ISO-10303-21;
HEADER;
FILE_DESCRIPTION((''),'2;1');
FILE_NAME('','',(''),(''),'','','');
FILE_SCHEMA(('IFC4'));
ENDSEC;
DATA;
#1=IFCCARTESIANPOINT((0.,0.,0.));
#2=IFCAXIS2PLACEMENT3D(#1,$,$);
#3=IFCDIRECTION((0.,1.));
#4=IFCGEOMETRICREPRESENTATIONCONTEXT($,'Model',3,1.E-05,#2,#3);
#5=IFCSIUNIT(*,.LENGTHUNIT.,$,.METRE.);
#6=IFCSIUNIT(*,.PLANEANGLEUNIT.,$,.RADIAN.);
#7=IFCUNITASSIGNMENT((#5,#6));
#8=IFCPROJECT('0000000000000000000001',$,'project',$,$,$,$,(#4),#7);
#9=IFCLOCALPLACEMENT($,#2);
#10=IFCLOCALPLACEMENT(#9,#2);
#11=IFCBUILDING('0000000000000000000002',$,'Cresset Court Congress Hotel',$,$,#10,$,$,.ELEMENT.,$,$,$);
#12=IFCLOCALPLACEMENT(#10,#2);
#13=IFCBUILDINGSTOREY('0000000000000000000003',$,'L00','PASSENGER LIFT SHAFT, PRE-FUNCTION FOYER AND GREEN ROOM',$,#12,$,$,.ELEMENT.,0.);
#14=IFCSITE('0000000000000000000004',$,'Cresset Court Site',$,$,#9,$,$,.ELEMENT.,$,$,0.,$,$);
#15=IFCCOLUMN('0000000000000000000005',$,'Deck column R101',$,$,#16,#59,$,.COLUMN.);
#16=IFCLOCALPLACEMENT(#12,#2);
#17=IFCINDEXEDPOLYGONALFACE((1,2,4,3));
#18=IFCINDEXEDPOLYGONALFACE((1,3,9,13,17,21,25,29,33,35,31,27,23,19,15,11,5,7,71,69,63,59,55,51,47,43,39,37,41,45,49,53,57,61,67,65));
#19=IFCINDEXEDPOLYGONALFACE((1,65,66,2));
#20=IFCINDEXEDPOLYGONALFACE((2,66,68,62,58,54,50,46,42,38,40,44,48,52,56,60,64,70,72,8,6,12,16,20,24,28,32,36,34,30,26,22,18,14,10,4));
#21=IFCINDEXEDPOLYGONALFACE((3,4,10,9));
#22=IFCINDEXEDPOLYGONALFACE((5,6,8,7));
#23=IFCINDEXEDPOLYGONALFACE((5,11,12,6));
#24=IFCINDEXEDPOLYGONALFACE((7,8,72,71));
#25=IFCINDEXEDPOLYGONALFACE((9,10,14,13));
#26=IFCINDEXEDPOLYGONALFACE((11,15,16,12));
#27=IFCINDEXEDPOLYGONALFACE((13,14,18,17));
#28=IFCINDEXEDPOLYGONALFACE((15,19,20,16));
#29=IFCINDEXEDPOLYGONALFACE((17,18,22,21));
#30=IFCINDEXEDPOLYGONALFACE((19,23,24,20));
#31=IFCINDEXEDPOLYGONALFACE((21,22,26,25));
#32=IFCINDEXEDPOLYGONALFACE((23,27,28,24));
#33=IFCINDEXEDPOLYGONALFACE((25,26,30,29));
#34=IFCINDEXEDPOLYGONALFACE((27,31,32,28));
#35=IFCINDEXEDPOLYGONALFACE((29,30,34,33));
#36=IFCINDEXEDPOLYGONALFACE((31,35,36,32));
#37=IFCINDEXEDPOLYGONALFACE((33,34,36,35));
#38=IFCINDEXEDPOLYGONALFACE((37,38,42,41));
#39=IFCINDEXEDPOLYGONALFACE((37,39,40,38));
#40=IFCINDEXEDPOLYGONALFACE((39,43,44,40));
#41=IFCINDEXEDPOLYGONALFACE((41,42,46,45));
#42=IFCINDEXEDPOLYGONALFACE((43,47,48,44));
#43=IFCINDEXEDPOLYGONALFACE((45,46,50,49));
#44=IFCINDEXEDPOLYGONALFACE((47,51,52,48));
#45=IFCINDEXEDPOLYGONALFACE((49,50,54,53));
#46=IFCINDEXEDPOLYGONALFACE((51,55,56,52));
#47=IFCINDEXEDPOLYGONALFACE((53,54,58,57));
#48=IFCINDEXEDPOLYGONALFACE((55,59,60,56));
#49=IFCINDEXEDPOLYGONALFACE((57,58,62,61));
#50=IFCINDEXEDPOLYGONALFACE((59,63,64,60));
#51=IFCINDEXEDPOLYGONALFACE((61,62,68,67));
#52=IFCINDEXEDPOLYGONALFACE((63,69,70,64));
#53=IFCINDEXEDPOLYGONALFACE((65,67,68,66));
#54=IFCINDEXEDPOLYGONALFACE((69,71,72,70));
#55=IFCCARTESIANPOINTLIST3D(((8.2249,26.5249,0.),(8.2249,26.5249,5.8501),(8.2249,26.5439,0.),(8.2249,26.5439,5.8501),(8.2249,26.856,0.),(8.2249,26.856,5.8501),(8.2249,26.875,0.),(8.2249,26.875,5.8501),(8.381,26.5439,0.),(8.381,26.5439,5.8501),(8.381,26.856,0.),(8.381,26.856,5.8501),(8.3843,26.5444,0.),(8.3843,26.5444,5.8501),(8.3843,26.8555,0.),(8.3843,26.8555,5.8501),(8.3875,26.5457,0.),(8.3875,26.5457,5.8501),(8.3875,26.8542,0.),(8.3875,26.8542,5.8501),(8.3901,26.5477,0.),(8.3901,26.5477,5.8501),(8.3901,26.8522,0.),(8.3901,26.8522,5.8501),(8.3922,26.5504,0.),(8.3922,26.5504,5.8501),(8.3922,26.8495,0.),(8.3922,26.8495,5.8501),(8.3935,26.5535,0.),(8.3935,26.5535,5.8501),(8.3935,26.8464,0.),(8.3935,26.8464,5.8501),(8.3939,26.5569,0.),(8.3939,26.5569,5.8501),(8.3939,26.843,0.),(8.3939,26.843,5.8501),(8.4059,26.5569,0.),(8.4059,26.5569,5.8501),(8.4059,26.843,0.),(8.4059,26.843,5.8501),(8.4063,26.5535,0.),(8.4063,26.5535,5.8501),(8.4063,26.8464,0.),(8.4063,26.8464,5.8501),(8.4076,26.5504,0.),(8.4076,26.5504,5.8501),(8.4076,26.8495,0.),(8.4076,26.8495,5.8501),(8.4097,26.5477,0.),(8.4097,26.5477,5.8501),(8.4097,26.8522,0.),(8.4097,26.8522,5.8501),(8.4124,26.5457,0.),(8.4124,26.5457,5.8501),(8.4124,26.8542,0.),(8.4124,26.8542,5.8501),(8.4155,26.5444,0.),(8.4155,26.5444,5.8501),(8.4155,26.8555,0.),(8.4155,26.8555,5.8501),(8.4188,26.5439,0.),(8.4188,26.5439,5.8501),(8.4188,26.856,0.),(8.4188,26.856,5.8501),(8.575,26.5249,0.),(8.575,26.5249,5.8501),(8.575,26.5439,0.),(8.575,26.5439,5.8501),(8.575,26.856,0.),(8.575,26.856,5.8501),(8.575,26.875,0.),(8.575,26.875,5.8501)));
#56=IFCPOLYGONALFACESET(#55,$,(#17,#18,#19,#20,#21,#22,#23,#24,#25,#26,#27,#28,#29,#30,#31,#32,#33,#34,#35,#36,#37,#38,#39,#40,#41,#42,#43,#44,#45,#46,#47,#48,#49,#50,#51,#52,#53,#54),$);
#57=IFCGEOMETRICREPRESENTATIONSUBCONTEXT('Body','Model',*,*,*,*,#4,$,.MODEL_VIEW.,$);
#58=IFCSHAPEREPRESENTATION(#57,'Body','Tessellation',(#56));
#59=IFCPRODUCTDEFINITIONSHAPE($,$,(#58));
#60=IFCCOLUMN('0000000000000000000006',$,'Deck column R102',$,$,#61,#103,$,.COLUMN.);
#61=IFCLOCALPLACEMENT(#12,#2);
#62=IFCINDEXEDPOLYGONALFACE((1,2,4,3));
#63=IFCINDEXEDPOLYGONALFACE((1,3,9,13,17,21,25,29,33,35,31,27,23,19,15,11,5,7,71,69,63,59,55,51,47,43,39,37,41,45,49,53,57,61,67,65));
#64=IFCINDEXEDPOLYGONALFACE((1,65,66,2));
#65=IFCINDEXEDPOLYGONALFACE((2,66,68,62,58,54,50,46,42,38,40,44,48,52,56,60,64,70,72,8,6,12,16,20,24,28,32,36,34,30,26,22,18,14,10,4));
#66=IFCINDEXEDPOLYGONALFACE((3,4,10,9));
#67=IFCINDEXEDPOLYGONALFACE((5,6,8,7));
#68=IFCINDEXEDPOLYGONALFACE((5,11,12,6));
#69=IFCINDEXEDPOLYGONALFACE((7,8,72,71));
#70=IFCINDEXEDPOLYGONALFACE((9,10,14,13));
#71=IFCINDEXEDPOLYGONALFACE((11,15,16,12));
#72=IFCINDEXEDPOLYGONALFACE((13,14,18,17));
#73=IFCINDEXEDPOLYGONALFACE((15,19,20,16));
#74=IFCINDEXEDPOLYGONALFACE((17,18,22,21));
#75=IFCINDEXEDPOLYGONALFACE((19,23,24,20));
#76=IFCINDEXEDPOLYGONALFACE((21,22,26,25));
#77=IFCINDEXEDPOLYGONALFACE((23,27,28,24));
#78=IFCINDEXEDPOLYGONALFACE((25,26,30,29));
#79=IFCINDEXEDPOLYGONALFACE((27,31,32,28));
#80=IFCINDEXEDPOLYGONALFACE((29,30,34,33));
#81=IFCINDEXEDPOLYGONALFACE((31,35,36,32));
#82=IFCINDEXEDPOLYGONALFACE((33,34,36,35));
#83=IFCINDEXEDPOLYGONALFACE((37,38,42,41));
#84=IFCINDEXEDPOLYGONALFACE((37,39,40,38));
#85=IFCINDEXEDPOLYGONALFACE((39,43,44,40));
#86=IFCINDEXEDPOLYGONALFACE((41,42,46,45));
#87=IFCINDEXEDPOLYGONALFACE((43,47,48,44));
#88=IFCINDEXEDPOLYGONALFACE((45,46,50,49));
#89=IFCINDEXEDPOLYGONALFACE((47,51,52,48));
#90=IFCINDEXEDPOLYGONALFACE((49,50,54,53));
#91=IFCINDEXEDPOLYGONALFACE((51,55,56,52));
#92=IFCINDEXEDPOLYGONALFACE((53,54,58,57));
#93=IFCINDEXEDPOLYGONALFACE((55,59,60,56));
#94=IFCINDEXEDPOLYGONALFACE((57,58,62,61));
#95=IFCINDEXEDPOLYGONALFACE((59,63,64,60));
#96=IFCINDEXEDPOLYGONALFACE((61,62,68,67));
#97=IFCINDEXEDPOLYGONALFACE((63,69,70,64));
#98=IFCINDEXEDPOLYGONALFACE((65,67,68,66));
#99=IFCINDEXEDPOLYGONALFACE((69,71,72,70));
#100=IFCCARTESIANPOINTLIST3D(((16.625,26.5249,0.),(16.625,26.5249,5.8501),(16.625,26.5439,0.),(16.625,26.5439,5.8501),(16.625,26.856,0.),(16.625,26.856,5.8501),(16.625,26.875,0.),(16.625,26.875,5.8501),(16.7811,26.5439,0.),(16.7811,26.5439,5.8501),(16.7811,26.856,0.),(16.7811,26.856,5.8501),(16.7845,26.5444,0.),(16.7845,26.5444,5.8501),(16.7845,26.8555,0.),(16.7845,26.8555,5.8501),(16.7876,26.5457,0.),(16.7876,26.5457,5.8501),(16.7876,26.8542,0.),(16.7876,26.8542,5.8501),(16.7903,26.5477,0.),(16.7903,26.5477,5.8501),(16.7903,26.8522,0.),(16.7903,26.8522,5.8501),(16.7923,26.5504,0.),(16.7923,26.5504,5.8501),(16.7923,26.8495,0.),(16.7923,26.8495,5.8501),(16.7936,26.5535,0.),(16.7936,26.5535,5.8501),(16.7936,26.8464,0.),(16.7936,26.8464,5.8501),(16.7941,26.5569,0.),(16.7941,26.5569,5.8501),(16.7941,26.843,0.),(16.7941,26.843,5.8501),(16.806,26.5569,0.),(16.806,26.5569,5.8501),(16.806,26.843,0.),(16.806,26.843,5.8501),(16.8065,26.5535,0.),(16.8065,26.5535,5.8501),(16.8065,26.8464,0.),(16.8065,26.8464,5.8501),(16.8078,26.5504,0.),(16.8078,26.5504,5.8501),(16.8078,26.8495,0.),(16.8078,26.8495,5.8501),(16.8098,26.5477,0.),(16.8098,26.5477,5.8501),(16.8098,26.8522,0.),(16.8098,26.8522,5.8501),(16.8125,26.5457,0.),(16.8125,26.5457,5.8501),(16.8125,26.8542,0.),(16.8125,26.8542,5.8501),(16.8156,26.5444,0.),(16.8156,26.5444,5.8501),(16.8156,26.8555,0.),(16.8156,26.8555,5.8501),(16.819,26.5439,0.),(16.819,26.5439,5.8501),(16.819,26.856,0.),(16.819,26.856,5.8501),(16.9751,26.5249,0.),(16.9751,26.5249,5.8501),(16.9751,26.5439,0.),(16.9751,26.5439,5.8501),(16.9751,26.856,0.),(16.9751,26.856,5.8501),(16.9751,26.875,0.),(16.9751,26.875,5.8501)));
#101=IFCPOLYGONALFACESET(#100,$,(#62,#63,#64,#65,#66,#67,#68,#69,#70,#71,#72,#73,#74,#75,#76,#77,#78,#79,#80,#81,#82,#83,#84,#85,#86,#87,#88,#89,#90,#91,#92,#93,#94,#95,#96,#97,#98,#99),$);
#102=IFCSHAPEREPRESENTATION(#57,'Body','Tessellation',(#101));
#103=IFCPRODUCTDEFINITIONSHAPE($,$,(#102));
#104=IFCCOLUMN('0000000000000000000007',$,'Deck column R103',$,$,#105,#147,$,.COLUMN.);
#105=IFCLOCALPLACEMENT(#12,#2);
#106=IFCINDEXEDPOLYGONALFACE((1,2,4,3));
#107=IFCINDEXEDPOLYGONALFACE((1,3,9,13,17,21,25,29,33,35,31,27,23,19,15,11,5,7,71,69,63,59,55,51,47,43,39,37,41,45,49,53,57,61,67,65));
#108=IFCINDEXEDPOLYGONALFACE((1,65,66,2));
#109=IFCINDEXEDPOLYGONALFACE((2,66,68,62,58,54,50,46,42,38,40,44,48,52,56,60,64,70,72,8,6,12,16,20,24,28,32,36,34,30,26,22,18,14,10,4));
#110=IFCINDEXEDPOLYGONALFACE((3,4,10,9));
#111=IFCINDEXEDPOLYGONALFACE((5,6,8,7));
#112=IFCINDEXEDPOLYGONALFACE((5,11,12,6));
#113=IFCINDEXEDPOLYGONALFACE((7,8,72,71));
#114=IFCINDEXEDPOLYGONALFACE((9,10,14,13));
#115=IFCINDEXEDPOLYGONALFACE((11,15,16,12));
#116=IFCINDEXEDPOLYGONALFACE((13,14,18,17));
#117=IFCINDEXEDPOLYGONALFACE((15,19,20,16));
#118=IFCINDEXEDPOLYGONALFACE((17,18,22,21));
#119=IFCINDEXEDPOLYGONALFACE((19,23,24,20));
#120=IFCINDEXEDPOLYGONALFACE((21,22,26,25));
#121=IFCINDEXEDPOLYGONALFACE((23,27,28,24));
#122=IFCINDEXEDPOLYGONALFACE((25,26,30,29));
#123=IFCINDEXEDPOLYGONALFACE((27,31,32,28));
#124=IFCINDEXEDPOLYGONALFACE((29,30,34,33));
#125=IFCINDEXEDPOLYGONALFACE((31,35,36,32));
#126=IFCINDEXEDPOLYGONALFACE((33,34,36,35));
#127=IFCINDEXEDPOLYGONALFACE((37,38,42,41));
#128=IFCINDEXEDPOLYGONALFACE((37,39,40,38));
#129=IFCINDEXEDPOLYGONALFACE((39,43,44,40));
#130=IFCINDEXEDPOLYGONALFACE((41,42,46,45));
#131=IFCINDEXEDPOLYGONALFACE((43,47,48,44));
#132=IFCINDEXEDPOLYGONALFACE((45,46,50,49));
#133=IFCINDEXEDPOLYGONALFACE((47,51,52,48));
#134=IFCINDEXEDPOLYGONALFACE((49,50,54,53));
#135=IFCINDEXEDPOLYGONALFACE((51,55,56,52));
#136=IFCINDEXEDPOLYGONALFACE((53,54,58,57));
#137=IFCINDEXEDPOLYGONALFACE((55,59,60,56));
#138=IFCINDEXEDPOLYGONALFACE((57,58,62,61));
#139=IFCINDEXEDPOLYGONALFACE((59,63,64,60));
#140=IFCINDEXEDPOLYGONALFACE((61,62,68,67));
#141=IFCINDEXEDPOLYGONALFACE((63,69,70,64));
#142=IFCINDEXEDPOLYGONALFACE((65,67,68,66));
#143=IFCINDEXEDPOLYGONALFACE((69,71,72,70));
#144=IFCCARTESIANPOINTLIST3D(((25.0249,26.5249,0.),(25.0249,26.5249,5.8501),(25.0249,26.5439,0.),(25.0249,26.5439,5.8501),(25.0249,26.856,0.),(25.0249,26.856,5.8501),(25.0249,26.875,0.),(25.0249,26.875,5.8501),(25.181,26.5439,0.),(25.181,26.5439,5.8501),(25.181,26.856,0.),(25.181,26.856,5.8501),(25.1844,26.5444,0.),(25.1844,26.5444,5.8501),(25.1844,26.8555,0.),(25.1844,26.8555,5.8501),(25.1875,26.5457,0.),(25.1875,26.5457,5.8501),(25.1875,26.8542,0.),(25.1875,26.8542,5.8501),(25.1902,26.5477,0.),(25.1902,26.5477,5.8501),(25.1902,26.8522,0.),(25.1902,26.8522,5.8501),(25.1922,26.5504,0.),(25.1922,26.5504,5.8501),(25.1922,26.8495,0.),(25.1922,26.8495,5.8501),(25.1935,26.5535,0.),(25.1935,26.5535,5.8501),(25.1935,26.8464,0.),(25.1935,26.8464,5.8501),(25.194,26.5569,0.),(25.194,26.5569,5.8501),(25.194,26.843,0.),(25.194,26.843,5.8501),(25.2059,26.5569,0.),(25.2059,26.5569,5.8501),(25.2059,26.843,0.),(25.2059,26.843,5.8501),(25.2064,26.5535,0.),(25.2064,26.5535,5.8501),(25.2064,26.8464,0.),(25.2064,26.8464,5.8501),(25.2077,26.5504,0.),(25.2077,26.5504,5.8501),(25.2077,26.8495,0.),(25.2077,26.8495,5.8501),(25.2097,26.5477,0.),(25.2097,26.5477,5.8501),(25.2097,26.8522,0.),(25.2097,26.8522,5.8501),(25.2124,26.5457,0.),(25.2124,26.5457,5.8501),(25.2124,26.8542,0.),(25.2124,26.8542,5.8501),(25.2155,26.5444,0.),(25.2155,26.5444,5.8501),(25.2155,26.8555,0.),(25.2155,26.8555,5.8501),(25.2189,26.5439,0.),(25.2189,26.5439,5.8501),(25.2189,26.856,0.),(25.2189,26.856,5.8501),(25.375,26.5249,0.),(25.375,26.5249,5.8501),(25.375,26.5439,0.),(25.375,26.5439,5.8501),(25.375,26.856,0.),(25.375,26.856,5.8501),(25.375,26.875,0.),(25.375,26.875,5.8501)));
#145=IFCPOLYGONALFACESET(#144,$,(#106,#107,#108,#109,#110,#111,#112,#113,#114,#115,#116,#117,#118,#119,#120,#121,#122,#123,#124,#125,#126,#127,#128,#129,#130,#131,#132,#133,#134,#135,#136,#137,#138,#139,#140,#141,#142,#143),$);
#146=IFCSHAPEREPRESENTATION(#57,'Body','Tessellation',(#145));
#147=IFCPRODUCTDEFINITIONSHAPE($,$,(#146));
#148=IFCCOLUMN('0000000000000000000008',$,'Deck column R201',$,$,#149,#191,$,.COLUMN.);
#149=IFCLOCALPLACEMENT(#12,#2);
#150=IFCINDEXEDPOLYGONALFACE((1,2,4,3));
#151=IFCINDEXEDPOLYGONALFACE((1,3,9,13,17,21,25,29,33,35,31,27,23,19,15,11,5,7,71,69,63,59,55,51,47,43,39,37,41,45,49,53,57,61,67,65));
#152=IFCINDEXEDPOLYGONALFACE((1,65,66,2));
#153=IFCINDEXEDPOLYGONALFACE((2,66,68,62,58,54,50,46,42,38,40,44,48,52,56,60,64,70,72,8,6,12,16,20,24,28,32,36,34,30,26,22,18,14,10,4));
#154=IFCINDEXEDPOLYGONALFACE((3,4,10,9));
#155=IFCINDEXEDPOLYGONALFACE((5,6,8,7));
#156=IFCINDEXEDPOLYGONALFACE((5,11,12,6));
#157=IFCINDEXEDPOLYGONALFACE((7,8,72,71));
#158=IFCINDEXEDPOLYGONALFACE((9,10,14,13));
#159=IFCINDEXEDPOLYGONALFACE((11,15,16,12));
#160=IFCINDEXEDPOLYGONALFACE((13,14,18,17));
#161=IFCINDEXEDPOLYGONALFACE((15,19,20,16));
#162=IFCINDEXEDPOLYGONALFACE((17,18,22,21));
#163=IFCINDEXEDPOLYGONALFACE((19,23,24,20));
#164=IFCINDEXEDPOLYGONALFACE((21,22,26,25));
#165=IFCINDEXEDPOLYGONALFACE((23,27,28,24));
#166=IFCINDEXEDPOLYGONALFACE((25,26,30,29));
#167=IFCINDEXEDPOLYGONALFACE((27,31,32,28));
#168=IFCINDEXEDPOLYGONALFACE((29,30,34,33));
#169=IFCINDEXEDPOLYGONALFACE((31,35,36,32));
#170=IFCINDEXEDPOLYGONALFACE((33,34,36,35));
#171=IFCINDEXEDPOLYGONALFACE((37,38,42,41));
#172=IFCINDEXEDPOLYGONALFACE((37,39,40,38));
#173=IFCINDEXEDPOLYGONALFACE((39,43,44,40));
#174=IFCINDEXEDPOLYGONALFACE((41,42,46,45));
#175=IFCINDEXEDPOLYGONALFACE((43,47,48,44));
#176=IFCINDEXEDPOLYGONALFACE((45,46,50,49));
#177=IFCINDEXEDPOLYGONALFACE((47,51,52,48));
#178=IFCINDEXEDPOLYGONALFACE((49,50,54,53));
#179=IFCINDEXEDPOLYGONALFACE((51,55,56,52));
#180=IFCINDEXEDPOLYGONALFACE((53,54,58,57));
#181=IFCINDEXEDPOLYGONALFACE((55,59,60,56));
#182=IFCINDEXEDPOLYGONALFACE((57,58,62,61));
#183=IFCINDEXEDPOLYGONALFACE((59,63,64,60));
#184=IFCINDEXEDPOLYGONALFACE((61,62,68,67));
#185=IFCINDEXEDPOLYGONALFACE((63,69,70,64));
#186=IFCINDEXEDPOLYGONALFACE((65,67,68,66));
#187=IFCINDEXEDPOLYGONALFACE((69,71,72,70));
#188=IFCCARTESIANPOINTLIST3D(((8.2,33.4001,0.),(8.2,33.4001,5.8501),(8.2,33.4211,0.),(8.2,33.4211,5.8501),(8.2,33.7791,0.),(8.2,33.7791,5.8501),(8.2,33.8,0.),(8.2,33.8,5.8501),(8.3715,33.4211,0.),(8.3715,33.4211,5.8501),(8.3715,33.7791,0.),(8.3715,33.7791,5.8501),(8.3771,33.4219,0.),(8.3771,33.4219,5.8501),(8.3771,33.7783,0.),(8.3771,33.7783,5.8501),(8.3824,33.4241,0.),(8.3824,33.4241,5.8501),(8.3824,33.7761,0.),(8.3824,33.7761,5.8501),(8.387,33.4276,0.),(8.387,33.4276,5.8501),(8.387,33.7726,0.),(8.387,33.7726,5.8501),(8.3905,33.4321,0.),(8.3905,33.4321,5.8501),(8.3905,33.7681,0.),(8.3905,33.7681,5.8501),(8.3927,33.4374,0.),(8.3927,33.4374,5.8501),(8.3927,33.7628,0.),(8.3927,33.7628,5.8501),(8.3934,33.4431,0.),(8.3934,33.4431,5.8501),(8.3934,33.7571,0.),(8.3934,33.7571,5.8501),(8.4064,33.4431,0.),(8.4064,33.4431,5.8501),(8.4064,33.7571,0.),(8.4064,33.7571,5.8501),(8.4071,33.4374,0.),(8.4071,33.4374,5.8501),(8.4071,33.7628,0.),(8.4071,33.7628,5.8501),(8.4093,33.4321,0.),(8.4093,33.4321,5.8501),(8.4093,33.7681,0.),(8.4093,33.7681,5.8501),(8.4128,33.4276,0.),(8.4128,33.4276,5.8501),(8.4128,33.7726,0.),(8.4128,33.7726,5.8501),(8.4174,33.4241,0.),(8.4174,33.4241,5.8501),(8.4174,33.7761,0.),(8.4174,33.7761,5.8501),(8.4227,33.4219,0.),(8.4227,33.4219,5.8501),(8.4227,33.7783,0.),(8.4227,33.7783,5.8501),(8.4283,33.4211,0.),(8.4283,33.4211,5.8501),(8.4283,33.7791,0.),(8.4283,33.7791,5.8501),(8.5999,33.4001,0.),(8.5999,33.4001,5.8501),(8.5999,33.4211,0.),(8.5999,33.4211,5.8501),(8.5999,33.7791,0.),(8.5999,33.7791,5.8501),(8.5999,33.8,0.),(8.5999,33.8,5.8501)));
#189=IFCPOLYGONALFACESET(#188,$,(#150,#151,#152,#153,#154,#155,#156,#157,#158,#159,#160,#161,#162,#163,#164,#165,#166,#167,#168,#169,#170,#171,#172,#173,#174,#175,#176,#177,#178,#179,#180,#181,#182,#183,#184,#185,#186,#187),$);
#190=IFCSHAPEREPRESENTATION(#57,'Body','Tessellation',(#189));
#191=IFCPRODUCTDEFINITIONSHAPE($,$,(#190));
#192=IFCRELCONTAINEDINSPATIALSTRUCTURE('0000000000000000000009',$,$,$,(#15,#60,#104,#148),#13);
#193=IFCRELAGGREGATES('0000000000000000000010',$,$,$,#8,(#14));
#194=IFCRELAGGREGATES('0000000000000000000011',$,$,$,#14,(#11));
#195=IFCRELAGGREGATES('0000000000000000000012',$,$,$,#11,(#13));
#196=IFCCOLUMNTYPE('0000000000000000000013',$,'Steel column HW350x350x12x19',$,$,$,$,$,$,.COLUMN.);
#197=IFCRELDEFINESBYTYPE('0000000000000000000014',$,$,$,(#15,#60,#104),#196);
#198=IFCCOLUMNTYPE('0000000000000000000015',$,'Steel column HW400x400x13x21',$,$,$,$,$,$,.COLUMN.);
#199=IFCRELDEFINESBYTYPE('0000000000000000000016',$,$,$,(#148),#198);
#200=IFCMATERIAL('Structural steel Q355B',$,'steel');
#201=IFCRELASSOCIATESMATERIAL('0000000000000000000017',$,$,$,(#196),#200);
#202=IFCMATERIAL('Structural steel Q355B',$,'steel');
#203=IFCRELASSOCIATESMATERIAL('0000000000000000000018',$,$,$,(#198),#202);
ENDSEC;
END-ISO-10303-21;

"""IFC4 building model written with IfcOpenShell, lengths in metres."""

from ifc_helpers import new_model, si_unit, direction, frame, origin, origin_2d, place, context, subcontext, project, spatial, i_section, extrude, material, material_profile, profile_set, type_object, element, save


model = new_model("IFC4")

# Units and contexts
model_context = context("Model", 3, precision=1e-05, world=origin(), true_north=direction((0.0, 1.0)))
body_context = subcontext(model_context, "Body", "Model", "MODEL_VIEW")
ifc_project = project(units=[si_unit("LENGTHUNIT", "METRE"), si_unit("PLANEANGLEUNIT", "RADIAN")], contexts=[model_context])

# Site, building, storey
site_placement = place(None, origin())
site = spatial("IfcSite", under=ifc_project, at=site_placement, Name="Cresset Court Site", CompositionType="ELEMENT", RefElevation=0.0)
building_placement = place(site_placement, origin())
building = spatial("IfcBuilding", under=site, at=building_placement, Name="Cresset Court Congress Hotel", CompositionType="ELEMENT")
storey_placement = place(building_placement, origin())
storey = spatial("IfcBuildingStorey", under=building, at=storey_placement, Name="L00", Description="PASSENGER LIFT SHAFT, PRE-FUNCTION FOYER AND GREEN ROOM", CompositionType="ELEMENT", Elevation=0.0)

# Columns
ifc_material_1 = material(Name="Structural steel Q355B", Category="steel")
ifc_material_profile_1 = material_profile(ifc_material_1, i_section(OverallWidth=0.3501, OverallDepth=0.3501, WebThickness=0.012, FlangeThickness=0.019, FilletRadius=0.0129, at=origin_2d()), Name="HW350x350x12x19")
ifc_profile_set_1 = profile_set([ifc_material_profile_1], Name="Structural steel Q355B")
column_type_1 = type_object("IfcColumnType", Name="Steel column HW350x350x12x19", PredefinedType="COLUMN", material=ifc_profile_set_1)
for number, where, z_axis, x_axis, name in (
    (1, (8.3999, 26.7, 0.0), (0.0, 0.0, 1.0), (1.0, 0.0, 0.0), "Deck column R101"),
    (2, (16.8, 26.7, 0.0), (0.0, 0.0, 1.0), (1.0, 0.0, 0.0), "Deck column R102"),
    (3, (25.2, 26.7, 0.0), (0.0, 0.0, 1.0), (1.0, 0.0, 0.0), "Deck column R103"),
):
    element("IfcColumn", number, at=place(storey_placement, frame(where, z_axis=z_axis, x_axis=x_axis)), inside=storey, type_object=column_type_1, Name=name, PredefinedType="COLUMN", context=body_context, shape_type="SweptSolid", body=[
        extrude(i_section(OverallWidth=0.3501, OverallDepth=0.3501, WebThickness=0.012, FlangeThickness=0.019, FilletRadius=0.0129, at=origin_2d()), origin(), (0.0, 0.0, 1.0), 5.8501),
    ])
ifc_material_2 = material(Name="Structural steel Q355B", Category="steel")
ifc_material_profile_2 = material_profile(ifc_material_2, i_section(OverallWidth=0.3999, OverallDepth=0.3999, WebThickness=0.0129, FlangeThickness=0.021, FilletRadius=0.022, at=origin_2d()), Name="HW400x400x13x21")
ifc_profile_set_2 = profile_set([ifc_material_profile_2], Name="Structural steel Q355B")
column_type_2 = type_object("IfcColumnType", Name="Steel column HW400x400x13x21", PredefinedType="COLUMN", material=ifc_profile_set_2)
for number, where, z_axis, x_axis, name in (
    (4, (8.3999, 33.6001, 0.0), (0.0, 0.0, 1.0), (1.0, 0.0, 0.0), "Deck column R201"),
):
    element("IfcColumn", number, at=place(storey_placement, frame(where, z_axis=z_axis, x_axis=x_axis)), inside=storey, type_object=column_type_2, Name=name, PredefinedType="COLUMN", context=body_context, shape_type="SweptSolid", body=[
        extrude(i_section(OverallWidth=0.3999, OverallDepth=0.3999, WebThickness=0.0129, FlangeThickness=0.021, FilletRadius=0.022, at=origin_2d()), origin(), (0.0, 0.0, 1.0), 5.8501),
    ])

save(model, "model.ifc")
